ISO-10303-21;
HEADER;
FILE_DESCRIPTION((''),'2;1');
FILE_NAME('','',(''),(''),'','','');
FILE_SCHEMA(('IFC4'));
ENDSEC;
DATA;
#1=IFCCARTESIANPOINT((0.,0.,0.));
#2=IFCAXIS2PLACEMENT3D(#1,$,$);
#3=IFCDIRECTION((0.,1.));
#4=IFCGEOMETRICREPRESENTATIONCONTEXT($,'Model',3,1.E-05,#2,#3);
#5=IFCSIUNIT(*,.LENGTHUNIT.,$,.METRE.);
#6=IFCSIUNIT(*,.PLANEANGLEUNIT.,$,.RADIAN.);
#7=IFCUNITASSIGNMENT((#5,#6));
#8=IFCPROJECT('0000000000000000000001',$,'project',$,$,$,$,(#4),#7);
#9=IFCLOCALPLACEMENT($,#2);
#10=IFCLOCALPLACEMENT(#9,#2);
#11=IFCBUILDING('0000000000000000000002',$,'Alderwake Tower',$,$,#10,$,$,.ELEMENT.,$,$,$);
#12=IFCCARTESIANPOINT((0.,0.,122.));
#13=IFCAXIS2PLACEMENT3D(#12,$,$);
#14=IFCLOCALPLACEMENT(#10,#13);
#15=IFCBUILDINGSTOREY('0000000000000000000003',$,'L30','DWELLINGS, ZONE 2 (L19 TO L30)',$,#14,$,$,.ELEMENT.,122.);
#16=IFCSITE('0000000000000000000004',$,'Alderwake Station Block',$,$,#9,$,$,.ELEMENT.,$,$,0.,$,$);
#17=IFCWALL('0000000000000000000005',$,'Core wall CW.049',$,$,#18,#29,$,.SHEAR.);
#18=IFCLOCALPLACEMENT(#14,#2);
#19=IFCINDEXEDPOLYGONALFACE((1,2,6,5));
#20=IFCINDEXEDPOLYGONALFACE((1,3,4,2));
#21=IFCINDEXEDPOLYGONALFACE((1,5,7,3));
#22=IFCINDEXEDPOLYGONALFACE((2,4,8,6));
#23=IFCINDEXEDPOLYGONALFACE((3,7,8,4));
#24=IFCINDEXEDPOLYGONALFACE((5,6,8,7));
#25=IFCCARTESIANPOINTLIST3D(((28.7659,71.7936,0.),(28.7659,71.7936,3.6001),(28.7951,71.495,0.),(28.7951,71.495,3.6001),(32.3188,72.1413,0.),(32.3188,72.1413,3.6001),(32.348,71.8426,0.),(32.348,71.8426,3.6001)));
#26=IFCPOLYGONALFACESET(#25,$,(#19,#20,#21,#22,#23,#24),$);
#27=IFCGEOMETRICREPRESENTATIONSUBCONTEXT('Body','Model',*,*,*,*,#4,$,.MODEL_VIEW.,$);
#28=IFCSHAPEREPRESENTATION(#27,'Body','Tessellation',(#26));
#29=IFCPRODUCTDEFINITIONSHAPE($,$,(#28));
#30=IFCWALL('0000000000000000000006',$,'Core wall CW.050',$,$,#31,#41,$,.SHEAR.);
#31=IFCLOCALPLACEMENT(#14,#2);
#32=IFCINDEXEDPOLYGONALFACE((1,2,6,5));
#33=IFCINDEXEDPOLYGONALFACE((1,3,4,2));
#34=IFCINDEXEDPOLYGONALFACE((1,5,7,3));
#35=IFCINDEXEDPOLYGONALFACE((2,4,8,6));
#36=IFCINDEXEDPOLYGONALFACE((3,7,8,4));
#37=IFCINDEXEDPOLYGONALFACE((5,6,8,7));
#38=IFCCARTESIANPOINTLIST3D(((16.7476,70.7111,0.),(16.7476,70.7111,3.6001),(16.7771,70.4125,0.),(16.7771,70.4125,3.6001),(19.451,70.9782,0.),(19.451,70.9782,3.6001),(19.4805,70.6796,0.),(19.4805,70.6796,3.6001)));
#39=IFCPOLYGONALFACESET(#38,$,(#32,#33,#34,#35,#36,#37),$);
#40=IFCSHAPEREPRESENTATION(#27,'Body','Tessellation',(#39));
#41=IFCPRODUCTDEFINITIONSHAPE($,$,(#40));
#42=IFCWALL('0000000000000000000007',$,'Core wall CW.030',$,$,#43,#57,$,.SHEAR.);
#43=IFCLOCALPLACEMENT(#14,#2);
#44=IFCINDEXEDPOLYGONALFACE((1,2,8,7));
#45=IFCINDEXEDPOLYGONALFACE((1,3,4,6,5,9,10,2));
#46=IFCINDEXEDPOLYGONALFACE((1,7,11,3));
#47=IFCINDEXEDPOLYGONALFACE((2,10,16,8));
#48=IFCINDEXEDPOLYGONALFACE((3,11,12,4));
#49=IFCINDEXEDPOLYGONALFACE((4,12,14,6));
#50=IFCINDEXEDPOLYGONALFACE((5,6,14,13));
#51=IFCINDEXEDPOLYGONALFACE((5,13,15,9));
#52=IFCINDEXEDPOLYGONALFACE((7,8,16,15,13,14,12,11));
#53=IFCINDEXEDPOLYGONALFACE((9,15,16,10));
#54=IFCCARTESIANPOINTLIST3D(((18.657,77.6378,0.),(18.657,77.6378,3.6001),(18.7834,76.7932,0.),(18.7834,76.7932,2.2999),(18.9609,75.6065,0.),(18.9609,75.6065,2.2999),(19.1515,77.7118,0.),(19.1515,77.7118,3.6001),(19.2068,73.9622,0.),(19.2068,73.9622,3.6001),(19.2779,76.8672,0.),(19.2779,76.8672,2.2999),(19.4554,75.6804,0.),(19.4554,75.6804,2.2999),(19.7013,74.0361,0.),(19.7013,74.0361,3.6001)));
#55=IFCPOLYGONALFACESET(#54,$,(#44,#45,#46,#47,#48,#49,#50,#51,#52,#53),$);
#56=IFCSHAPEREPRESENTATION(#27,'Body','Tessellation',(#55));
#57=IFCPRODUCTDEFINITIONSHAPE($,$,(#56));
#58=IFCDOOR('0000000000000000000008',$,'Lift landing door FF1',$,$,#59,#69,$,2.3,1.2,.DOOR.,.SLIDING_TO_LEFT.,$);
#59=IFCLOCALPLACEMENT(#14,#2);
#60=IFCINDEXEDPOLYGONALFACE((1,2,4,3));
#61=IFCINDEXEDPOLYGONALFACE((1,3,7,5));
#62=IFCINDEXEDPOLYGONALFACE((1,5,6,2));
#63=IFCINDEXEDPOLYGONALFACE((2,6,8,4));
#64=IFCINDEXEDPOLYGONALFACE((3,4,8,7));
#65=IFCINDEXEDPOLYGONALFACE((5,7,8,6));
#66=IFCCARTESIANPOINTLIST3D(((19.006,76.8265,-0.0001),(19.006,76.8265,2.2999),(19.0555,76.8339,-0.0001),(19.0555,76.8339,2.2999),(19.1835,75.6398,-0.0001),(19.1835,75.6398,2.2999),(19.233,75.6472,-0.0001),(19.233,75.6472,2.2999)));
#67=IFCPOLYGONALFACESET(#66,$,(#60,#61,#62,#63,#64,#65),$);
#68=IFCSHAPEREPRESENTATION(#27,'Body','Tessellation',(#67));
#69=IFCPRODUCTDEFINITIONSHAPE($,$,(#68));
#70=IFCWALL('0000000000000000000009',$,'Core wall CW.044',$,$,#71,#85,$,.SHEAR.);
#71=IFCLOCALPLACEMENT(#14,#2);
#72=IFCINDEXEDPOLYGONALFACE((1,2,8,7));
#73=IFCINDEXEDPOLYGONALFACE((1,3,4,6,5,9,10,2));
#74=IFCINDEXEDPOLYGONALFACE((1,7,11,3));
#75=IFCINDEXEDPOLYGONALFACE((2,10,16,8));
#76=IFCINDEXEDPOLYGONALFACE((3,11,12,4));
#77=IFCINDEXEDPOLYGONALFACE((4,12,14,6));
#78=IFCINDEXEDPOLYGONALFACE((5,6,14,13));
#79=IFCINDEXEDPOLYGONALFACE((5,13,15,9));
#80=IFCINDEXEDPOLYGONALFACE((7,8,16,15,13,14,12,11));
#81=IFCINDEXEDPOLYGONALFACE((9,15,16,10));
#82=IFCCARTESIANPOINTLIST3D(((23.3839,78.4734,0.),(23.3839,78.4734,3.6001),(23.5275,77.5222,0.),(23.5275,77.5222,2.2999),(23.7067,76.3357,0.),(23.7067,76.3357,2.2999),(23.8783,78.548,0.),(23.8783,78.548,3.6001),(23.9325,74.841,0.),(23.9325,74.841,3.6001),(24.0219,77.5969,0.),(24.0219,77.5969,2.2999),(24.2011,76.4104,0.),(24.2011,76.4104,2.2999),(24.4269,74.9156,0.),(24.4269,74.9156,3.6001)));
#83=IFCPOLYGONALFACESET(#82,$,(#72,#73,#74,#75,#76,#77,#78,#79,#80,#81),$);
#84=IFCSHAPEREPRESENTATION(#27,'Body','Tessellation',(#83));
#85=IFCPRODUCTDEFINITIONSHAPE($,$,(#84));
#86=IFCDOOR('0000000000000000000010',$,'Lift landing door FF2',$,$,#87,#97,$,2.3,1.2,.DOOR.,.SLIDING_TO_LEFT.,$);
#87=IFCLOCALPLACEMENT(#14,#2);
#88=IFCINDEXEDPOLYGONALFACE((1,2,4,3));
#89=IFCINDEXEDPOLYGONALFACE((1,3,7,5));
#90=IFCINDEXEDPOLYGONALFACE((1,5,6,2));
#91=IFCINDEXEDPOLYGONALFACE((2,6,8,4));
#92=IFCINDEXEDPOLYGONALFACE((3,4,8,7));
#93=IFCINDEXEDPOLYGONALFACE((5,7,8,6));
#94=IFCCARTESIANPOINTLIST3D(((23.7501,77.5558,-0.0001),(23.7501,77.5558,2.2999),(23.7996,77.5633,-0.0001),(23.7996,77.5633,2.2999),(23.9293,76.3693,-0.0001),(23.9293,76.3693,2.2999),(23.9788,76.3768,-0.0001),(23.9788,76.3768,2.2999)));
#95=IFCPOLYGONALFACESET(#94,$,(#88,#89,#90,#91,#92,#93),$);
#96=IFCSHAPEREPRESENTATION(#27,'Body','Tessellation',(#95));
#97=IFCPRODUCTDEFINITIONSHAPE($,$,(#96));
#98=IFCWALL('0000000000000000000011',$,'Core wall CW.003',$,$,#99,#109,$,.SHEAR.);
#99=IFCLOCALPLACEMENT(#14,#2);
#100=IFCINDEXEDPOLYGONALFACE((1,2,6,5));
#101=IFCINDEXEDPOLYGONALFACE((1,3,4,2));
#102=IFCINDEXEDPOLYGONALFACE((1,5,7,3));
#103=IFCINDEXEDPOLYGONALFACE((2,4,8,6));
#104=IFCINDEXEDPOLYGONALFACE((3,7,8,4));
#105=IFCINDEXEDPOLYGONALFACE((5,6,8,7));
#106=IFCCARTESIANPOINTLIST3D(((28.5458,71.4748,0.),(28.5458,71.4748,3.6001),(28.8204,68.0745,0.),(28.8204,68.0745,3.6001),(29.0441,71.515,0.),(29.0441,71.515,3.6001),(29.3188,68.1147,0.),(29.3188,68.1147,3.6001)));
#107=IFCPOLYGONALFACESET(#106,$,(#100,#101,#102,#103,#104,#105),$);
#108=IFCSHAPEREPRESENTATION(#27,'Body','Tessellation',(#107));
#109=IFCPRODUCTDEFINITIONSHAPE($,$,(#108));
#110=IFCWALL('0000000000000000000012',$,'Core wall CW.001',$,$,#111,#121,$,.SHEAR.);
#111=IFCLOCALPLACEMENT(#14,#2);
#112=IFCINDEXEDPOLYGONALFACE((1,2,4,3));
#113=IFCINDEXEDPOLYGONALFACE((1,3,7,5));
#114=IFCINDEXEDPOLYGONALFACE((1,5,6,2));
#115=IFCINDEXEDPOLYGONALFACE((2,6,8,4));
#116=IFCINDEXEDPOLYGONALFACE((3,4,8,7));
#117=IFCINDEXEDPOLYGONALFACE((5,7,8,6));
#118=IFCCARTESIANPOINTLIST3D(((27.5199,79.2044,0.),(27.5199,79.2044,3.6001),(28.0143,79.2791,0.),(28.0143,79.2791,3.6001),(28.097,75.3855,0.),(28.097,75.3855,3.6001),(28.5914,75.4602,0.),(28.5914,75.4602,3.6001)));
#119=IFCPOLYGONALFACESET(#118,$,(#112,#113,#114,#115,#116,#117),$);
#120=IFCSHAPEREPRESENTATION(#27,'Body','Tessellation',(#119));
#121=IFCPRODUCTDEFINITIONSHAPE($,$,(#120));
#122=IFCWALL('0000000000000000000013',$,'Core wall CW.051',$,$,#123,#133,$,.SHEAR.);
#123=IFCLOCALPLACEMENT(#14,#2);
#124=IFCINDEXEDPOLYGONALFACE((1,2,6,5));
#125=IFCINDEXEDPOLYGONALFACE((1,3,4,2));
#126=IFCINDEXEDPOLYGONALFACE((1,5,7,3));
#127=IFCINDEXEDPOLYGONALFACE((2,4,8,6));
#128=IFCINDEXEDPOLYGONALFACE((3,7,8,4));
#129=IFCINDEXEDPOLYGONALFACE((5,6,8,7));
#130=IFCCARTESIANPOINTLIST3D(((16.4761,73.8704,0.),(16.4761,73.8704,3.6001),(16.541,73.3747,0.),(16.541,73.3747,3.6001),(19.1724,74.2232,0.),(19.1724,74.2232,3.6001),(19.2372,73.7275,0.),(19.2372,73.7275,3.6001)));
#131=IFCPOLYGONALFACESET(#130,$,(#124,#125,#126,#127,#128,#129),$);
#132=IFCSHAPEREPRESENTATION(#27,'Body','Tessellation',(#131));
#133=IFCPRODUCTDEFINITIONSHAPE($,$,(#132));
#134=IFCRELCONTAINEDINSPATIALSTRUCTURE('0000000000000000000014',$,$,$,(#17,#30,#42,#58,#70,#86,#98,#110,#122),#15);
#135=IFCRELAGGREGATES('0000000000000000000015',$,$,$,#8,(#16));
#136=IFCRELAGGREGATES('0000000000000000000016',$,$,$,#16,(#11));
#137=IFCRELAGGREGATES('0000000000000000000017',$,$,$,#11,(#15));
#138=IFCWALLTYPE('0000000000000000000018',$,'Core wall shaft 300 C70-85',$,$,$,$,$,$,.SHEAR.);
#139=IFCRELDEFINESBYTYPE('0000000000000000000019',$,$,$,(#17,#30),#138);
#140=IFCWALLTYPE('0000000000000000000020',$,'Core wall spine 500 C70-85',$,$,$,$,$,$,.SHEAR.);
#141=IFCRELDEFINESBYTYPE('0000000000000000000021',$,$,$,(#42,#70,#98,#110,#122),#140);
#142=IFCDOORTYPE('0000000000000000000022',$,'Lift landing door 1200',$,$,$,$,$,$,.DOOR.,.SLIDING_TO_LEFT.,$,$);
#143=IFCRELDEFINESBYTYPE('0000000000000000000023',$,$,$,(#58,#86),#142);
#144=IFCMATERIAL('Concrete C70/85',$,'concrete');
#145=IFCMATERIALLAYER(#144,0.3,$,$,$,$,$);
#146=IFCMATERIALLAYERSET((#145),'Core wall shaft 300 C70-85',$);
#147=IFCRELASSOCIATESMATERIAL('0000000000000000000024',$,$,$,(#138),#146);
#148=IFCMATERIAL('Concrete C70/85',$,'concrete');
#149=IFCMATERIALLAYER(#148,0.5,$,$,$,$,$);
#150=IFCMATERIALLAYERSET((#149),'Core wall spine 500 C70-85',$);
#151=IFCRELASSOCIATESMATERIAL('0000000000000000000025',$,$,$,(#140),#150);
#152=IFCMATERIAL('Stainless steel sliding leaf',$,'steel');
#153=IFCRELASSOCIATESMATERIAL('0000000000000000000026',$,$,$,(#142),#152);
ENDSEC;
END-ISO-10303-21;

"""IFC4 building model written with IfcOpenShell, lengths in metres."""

from ifc_helpers import new_model, si_unit, direction, frame, frame_2d, origin, place, context, subcontext, project, spatial, rectangle, extrude, material, layer, layer_set, type_object, element, fill, save


model = new_model("IFC4")

# Units and contexts
model_context = context("Model", 3, precision=1e-05, world=origin(), true_north=direction((0.0, 1.0)))
body_context = subcontext(model_context, "Body", "Model", "MODEL_VIEW")
ifc_project = project(units=[si_unit("LENGTHUNIT", "METRE"), si_unit("PLANEANGLEUNIT", "RADIAN")], contexts=[model_context])

# Site, building, storey
site_placement = place(None, origin())
site = spatial("IfcSite", under=ifc_project, at=site_placement, Name="Alderwake Station Block", CompositionType="ELEMENT", RefElevation=0.0)
building_placement = place(site_placement, origin())
building = spatial("IfcBuilding", under=site, at=building_placement, Name="Alderwake Tower", CompositionType="ELEMENT")
storey_placement = place(building_placement, frame((0.0, 0.0, 122.0)))
storey = spatial("IfcBuildingStorey", under=building, at=storey_placement, Name="L30", Description="DWELLINGS, ZONE 2 (L19 TO L30)", CompositionType="ELEMENT", Elevation=122.0)

# Walls
ifc_material_1 = material(Name="Concrete C70/85", Category="concrete")
ifc_layer_1 = layer(ifc_material_1, 0.3)
ifc_layer_set_1 = layer_set([ifc_layer_1], Name="Core wall shaft 300 C70-85")
wall_type_1 = type_object("IfcWallType", Name="Core wall shaft 300 C70-85", PredefinedType="SHEAR", material=ifc_layer_set_1)
wall_1_placement = place(storey_placement, frame((28.7805, 71.6443, 0.0), z_axis=(0.0, 0.0, 1.0), x_axis=(0.995246, 0.097391, 0.0)))
element("IfcWall", 1, at=wall_1_placement, inside=storey, type_object=wall_type_1, Name="Core wall CW.049", PredefinedType="SHEAR", context=body_context, shape_type="SweptSolid", body=[
    extrude(rectangle(XDim=3.5698, YDim=0.3, at=frame_2d((1.7849, 0.0))), origin(), (0.0, 0.0, 1.0), 3.6001),
])
wall_2_placement = place(storey_placement, frame((16.7622, 70.5618, 0.0), z_axis=(0.0, 0.0, 1.0), x_axis=(0.995155, 0.09832, 0.0)))
element("IfcWall", 2, at=wall_2_placement, inside=storey, type_object=wall_type_1, Name="Core wall CW.050", PredefinedType="SHEAR", context=body_context, shape_type="SweptSolid", body=[
    extrude(rectangle(XDim=2.7166, YDim=0.3, at=frame_2d((1.3584, 0.0))), origin(), (0.0, 0.0, 1.0), 3.6001),
])

# Walls, openings, doors
ifc_material_2 = material(Name="Concrete C70/85", Category="concrete")
ifc_layer_2 = layer(ifc_material_2, 0.5)
ifc_layer_set_2 = layer_set([ifc_layer_2], Name="Core wall spine 500 C70-85")
wall_type_2 = type_object("IfcWallType", Name="Core wall spine 500 C70-85", PredefinedType="SHEAR", material=ifc_layer_set_2)
wall_3_placement = place(storey_placement, frame((19.4541, 73.999, 0.0), z_axis=(0.0, 0.0, 1.0), x_axis=(-0.147929, 0.988998, 0.0)))
wall_3 = element("IfcWall", 3, at=wall_3_placement, inside=storey, type_object=wall_type_2, Name="Core wall CW.030", PredefinedType="SHEAR", context=body_context, shape_type="SweptSolid", body=[
    extrude(rectangle(XDim=3.7166, YDim=0.5, at=frame_2d((1.8584, 0.0))), origin(), (0.0, 0.0, 1.0), 3.6001),
])
opening_1_placement = place(wall_3_placement, frame((1.6626, 0.0, 0.0)))
opening_1 = element("IfcOpeningElement", 4, at=opening_1_placement, cuts=wall_3, PredefinedType="OPENING", context=body_context, shape_type="SweptSolid", body=[
    extrude(rectangle(XDim=1.2, YDim=2.3, at=frame_2d((0.6001, 1.1499))), frame((0.0, 0.26, 0.0), z_axis=(0.0, -1.0, 0.0), x_axis=(1.0, 0.0, 0.0)), (0.0, 0.0, 1.0), 0.52),
])
ifc_material_3 = material(Name="Stainless steel sliding leaf", Category="steel")
door_type_1 = type_object("IfcDoorType", Name="Lift landing door 1200", OperationType="SLIDING_TO_LEFT", PredefinedType="DOOR", material=ifc_material_3)
door_1_placement = place(opening_1_placement, origin())
door_1 = element("IfcDoor", 5, at=door_1_placement, inside=storey, type_object=door_type_1, Name="Lift landing door FF1", OperationType="SLIDING_TO_LEFT", OverallHeight=2.3, OverallWidth=1.2, PredefinedType="DOOR", context=body_context, shape_type="SweptSolid", body=[
    extrude(rectangle(XDim=1.2, YDim=2.3, at=frame_2d((0.6001, 1.1499))), frame((0.0, 0.0249, 0.0), z_axis=(0.0, -1.0, 0.0), x_axis=(1.0, 0.0, 0.0)), (0.0, 0.0, 1.0), 0.05),
])
fill(opening_1, door_1)
wall_4_placement = place(storey_placement, frame((24.1797, 74.8782, 0.0), z_axis=(0.0, 0.0, 1.0), x_axis=(-0.149335, 0.988787, 0.0)))
wall_4 = element("IfcWall", 6, at=wall_4_placement, inside=storey, type_object=wall_type_2, Name="Core wall CW.044", PredefinedType="SHEAR", context=body_context, shape_type="SweptSolid", body=[
    extrude(rectangle(XDim=3.6736, YDim=0.5, at=frame_2d((1.8369, 0.0))), origin(), (0.0, 0.0, 1.0), 3.6001),
])
opening_2_placement = place(wall_4_placement, frame((1.5117, 0.0, 0.0)))
opening_2 = element("IfcOpeningElement", 7, at=opening_2_placement, cuts=wall_4, PredefinedType="OPENING", context=body_context, shape_type="SweptSolid", body=[
    extrude(rectangle(XDim=1.2, YDim=2.3, at=frame_2d((0.6001, 1.1499))), frame((0.0, 0.26, 0.0), z_axis=(0.0, -1.0, 0.0), x_axis=(1.0, 0.0, 0.0)), (0.0, 0.0, 1.0), 0.52),
])
door_2_placement = place(opening_2_placement, origin())
door_2 = element("IfcDoor", 8, at=door_2_placement, inside=storey, type_object=door_type_1, Name="Lift landing door FF2", OperationType="SLIDING_TO_LEFT", OverallHeight=2.3, OverallWidth=1.2, PredefinedType="DOOR", context=body_context, shape_type="SweptSolid", body=[
    extrude(rectangle(XDim=1.2, YDim=2.3, at=frame_2d((0.6001, 1.1499))), frame((0.0, 0.0249, 0.0), z_axis=(0.0, -1.0, 0.0), x_axis=(1.0, 0.0, 0.0)), (0.0, 0.0, 1.0), 0.05),
])
fill(opening_2, door_2)

# Walls
wall_5_placement = place(storey_placement, frame((29.0696, 68.0947, 0.0), z_axis=(0.0, 0.0, 1.0), x_axis=(-0.08051, 0.996754, 0.0)))
element("IfcWall", 9, at=wall_5_placement, inside=storey, type_object=wall_type_2, Name="Core wall CW.003", PredefinedType="SHEAR", context=body_context, shape_type="SweptSolid", body=[
    extrude(rectangle(XDim=3.4114, YDim=0.5, at=frame_2d((1.7056, 0.0))), origin(), (0.0, 0.0, 1.0), 3.6001),
])
wall_6_placement = place(storey_placement, frame((28.3442, 75.4229, 0.0), z_axis=(0.0, 0.0, 1.0), x_axis=(-0.149435, 0.988772, 0.0)))
element("IfcWall", 10, at=wall_6_placement, inside=storey, type_object=wall_type_2, Name="Core wall CW.001", PredefinedType="SHEAR", context=body_context, shape_type="SweptSolid", body=[
    extrude(rectangle(XDim=3.8623, YDim=0.5, at=frame_2d((1.9312, 0.0))), origin(), (0.0, 0.0, 1.0), 3.6001),
])
wall_7_placement = place(storey_placement, frame((16.5085, 73.6226, 0.0), z_axis=(0.0, 0.0, 1.0), x_axis=(0.991549, 0.129735, 0.0)))
element("IfcWall", 11, at=wall_7_placement, inside=storey, type_object=wall_type_2, Name="Core wall CW.051", PredefinedType="SHEAR", context=body_context, shape_type="SweptSolid", body=[
    extrude(rectangle(XDim=2.7192, YDim=0.5, at=frame_2d((1.3596, 0.0))), origin(), (0.0, 0.0, 1.0), 3.6001),
])

save(model, "model.ifc")
